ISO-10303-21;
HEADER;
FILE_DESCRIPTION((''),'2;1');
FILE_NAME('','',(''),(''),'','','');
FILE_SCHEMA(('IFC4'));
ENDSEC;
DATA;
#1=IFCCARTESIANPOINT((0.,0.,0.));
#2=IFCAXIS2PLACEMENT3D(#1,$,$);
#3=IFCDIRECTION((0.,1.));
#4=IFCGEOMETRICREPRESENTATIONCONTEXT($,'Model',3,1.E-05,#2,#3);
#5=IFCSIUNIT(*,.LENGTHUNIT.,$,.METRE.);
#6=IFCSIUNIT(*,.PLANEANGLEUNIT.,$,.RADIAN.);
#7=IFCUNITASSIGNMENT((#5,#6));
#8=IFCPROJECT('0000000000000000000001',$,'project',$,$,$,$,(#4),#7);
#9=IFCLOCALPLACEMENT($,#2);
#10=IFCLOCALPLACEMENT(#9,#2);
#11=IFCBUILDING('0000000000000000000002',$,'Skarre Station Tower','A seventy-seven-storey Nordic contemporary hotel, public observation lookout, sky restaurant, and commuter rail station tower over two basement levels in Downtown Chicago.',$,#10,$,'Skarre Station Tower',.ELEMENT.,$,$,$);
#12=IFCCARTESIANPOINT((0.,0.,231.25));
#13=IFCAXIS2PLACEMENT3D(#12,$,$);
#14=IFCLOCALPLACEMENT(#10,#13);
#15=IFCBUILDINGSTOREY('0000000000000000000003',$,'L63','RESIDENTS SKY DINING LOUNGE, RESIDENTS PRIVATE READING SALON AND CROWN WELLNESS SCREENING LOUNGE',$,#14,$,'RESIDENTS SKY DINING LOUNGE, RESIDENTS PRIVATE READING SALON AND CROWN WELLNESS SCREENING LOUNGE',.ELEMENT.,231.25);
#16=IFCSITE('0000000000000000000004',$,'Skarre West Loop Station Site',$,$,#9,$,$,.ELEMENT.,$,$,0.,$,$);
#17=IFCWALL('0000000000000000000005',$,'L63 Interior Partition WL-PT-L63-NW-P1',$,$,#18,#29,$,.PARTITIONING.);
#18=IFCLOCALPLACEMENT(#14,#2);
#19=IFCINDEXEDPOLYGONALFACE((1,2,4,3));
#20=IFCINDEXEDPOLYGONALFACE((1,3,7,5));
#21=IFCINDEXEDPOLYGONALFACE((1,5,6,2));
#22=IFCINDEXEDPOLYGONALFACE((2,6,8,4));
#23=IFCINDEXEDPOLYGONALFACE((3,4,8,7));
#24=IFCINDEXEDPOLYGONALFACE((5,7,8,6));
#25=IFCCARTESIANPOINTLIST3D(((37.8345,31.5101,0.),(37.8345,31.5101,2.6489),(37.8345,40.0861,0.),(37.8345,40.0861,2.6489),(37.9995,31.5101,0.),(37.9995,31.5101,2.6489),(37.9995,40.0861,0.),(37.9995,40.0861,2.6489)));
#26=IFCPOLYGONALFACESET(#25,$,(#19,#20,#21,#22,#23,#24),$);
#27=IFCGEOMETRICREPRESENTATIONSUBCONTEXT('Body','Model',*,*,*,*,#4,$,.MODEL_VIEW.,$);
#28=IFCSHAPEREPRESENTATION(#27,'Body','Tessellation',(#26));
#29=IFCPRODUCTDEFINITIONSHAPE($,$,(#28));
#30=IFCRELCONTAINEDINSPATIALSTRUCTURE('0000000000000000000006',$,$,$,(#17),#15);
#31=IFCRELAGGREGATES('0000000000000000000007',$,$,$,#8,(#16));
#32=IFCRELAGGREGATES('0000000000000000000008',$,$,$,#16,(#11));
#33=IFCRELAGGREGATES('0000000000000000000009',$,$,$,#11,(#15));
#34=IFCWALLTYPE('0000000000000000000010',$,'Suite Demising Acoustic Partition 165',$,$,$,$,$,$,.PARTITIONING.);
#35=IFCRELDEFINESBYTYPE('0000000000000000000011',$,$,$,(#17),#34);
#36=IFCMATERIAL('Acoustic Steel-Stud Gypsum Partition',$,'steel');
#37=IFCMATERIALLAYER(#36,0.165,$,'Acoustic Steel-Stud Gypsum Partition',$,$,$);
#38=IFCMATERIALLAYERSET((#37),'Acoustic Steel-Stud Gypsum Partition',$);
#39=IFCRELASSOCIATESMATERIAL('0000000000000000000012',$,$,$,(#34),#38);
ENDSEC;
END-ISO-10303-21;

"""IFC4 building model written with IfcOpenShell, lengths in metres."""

from ifc_helpers import new_model, si_unit, direction, frame, frame_2d, origin, place, context, subcontext, project, spatial, rectangle, extrude, material, layer, layer_set, type_object, element, save


model = new_model("IFC4")

# Units and contexts
model_context = context("Model", 3, precision=1e-05, world=origin(), true_north=direction((0.0, 1.0)))
body_context = subcontext(model_context, "Body", "Model", "MODEL_VIEW")
ifc_project = project(units=[si_unit("LENGTHUNIT", "METRE"), si_unit("PLANEANGLEUNIT", "RADIAN")], contexts=[model_context])

# Site, building, storey
site_placement = place(None, origin())
site = spatial("IfcSite", under=ifc_project, at=site_placement, Name="Skarre West Loop Station Site", CompositionType="ELEMENT", RefElevation=0.0)
building_placement = place(site_placement, origin())
building = spatial("IfcBuilding", under=site, at=building_placement, Name="Skarre Station Tower", Description="A seventy-seven-storey Nordic contemporary hotel, public observation lookout, sky restaurant, and commuter rail station tower over two basement levels in Downtown Chicago.", LongName="Skarre Station Tower", CompositionType="ELEMENT")
storey_placement = place(building_placement, frame((0.0, 0.0, 231.25)))
storey = spatial("IfcBuildingStorey", under=building, at=storey_placement, Name="L63", Description="RESIDENTS SKY DINING LOUNGE, RESIDENTS PRIVATE READING SALON AND CROWN WELLNESS SCREENING LOUNGE", LongName="RESIDENTS SKY DINING LOUNGE, RESIDENTS PRIVATE READING SALON AND CROWN WELLNESS SCREENING LOUNGE", CompositionType="ELEMENT", Elevation=231.25)

# Shared definitions
ifc_material_1 = material(Name="Acoustic Steel-Stud Gypsum Partition", Category="steel")

# Wall
ifc_layer_1 = layer(ifc_material_1, 0.165, Name="Acoustic Steel-Stud Gypsum Partition")
ifc_layer_set_1 = layer_set([ifc_layer_1], Name="Acoustic Steel-Stud Gypsum Partition")
wall_type_1 = type_object("IfcWallType", Name="Suite Demising Acoustic Partition 165", PredefinedType="PARTITIONING", material=ifc_layer_set_1)
wall_1_placement = place(storey_placement, frame((37.917, 31.51, 0.0), z_axis=(0.0, 0.0, 1.0), x_axis=(0.0, 1.0, 0.0)))
element("IfcWall", 1, at=wall_1_placement, inside=storey, type_object=wall_type_1, Name="L63 Interior Partition WL-PT-L63-NW-P1", PredefinedType="PARTITIONING", context=body_context, shape_type="SweptSolid", body=[
    extrude(rectangle(XDim=8.5759, YDim=0.165, at=frame_2d((4.2881, 0.0))), origin(), (0.0, 0.0, 1.0), 2.6489),
])

save(model, "model.ifc")
